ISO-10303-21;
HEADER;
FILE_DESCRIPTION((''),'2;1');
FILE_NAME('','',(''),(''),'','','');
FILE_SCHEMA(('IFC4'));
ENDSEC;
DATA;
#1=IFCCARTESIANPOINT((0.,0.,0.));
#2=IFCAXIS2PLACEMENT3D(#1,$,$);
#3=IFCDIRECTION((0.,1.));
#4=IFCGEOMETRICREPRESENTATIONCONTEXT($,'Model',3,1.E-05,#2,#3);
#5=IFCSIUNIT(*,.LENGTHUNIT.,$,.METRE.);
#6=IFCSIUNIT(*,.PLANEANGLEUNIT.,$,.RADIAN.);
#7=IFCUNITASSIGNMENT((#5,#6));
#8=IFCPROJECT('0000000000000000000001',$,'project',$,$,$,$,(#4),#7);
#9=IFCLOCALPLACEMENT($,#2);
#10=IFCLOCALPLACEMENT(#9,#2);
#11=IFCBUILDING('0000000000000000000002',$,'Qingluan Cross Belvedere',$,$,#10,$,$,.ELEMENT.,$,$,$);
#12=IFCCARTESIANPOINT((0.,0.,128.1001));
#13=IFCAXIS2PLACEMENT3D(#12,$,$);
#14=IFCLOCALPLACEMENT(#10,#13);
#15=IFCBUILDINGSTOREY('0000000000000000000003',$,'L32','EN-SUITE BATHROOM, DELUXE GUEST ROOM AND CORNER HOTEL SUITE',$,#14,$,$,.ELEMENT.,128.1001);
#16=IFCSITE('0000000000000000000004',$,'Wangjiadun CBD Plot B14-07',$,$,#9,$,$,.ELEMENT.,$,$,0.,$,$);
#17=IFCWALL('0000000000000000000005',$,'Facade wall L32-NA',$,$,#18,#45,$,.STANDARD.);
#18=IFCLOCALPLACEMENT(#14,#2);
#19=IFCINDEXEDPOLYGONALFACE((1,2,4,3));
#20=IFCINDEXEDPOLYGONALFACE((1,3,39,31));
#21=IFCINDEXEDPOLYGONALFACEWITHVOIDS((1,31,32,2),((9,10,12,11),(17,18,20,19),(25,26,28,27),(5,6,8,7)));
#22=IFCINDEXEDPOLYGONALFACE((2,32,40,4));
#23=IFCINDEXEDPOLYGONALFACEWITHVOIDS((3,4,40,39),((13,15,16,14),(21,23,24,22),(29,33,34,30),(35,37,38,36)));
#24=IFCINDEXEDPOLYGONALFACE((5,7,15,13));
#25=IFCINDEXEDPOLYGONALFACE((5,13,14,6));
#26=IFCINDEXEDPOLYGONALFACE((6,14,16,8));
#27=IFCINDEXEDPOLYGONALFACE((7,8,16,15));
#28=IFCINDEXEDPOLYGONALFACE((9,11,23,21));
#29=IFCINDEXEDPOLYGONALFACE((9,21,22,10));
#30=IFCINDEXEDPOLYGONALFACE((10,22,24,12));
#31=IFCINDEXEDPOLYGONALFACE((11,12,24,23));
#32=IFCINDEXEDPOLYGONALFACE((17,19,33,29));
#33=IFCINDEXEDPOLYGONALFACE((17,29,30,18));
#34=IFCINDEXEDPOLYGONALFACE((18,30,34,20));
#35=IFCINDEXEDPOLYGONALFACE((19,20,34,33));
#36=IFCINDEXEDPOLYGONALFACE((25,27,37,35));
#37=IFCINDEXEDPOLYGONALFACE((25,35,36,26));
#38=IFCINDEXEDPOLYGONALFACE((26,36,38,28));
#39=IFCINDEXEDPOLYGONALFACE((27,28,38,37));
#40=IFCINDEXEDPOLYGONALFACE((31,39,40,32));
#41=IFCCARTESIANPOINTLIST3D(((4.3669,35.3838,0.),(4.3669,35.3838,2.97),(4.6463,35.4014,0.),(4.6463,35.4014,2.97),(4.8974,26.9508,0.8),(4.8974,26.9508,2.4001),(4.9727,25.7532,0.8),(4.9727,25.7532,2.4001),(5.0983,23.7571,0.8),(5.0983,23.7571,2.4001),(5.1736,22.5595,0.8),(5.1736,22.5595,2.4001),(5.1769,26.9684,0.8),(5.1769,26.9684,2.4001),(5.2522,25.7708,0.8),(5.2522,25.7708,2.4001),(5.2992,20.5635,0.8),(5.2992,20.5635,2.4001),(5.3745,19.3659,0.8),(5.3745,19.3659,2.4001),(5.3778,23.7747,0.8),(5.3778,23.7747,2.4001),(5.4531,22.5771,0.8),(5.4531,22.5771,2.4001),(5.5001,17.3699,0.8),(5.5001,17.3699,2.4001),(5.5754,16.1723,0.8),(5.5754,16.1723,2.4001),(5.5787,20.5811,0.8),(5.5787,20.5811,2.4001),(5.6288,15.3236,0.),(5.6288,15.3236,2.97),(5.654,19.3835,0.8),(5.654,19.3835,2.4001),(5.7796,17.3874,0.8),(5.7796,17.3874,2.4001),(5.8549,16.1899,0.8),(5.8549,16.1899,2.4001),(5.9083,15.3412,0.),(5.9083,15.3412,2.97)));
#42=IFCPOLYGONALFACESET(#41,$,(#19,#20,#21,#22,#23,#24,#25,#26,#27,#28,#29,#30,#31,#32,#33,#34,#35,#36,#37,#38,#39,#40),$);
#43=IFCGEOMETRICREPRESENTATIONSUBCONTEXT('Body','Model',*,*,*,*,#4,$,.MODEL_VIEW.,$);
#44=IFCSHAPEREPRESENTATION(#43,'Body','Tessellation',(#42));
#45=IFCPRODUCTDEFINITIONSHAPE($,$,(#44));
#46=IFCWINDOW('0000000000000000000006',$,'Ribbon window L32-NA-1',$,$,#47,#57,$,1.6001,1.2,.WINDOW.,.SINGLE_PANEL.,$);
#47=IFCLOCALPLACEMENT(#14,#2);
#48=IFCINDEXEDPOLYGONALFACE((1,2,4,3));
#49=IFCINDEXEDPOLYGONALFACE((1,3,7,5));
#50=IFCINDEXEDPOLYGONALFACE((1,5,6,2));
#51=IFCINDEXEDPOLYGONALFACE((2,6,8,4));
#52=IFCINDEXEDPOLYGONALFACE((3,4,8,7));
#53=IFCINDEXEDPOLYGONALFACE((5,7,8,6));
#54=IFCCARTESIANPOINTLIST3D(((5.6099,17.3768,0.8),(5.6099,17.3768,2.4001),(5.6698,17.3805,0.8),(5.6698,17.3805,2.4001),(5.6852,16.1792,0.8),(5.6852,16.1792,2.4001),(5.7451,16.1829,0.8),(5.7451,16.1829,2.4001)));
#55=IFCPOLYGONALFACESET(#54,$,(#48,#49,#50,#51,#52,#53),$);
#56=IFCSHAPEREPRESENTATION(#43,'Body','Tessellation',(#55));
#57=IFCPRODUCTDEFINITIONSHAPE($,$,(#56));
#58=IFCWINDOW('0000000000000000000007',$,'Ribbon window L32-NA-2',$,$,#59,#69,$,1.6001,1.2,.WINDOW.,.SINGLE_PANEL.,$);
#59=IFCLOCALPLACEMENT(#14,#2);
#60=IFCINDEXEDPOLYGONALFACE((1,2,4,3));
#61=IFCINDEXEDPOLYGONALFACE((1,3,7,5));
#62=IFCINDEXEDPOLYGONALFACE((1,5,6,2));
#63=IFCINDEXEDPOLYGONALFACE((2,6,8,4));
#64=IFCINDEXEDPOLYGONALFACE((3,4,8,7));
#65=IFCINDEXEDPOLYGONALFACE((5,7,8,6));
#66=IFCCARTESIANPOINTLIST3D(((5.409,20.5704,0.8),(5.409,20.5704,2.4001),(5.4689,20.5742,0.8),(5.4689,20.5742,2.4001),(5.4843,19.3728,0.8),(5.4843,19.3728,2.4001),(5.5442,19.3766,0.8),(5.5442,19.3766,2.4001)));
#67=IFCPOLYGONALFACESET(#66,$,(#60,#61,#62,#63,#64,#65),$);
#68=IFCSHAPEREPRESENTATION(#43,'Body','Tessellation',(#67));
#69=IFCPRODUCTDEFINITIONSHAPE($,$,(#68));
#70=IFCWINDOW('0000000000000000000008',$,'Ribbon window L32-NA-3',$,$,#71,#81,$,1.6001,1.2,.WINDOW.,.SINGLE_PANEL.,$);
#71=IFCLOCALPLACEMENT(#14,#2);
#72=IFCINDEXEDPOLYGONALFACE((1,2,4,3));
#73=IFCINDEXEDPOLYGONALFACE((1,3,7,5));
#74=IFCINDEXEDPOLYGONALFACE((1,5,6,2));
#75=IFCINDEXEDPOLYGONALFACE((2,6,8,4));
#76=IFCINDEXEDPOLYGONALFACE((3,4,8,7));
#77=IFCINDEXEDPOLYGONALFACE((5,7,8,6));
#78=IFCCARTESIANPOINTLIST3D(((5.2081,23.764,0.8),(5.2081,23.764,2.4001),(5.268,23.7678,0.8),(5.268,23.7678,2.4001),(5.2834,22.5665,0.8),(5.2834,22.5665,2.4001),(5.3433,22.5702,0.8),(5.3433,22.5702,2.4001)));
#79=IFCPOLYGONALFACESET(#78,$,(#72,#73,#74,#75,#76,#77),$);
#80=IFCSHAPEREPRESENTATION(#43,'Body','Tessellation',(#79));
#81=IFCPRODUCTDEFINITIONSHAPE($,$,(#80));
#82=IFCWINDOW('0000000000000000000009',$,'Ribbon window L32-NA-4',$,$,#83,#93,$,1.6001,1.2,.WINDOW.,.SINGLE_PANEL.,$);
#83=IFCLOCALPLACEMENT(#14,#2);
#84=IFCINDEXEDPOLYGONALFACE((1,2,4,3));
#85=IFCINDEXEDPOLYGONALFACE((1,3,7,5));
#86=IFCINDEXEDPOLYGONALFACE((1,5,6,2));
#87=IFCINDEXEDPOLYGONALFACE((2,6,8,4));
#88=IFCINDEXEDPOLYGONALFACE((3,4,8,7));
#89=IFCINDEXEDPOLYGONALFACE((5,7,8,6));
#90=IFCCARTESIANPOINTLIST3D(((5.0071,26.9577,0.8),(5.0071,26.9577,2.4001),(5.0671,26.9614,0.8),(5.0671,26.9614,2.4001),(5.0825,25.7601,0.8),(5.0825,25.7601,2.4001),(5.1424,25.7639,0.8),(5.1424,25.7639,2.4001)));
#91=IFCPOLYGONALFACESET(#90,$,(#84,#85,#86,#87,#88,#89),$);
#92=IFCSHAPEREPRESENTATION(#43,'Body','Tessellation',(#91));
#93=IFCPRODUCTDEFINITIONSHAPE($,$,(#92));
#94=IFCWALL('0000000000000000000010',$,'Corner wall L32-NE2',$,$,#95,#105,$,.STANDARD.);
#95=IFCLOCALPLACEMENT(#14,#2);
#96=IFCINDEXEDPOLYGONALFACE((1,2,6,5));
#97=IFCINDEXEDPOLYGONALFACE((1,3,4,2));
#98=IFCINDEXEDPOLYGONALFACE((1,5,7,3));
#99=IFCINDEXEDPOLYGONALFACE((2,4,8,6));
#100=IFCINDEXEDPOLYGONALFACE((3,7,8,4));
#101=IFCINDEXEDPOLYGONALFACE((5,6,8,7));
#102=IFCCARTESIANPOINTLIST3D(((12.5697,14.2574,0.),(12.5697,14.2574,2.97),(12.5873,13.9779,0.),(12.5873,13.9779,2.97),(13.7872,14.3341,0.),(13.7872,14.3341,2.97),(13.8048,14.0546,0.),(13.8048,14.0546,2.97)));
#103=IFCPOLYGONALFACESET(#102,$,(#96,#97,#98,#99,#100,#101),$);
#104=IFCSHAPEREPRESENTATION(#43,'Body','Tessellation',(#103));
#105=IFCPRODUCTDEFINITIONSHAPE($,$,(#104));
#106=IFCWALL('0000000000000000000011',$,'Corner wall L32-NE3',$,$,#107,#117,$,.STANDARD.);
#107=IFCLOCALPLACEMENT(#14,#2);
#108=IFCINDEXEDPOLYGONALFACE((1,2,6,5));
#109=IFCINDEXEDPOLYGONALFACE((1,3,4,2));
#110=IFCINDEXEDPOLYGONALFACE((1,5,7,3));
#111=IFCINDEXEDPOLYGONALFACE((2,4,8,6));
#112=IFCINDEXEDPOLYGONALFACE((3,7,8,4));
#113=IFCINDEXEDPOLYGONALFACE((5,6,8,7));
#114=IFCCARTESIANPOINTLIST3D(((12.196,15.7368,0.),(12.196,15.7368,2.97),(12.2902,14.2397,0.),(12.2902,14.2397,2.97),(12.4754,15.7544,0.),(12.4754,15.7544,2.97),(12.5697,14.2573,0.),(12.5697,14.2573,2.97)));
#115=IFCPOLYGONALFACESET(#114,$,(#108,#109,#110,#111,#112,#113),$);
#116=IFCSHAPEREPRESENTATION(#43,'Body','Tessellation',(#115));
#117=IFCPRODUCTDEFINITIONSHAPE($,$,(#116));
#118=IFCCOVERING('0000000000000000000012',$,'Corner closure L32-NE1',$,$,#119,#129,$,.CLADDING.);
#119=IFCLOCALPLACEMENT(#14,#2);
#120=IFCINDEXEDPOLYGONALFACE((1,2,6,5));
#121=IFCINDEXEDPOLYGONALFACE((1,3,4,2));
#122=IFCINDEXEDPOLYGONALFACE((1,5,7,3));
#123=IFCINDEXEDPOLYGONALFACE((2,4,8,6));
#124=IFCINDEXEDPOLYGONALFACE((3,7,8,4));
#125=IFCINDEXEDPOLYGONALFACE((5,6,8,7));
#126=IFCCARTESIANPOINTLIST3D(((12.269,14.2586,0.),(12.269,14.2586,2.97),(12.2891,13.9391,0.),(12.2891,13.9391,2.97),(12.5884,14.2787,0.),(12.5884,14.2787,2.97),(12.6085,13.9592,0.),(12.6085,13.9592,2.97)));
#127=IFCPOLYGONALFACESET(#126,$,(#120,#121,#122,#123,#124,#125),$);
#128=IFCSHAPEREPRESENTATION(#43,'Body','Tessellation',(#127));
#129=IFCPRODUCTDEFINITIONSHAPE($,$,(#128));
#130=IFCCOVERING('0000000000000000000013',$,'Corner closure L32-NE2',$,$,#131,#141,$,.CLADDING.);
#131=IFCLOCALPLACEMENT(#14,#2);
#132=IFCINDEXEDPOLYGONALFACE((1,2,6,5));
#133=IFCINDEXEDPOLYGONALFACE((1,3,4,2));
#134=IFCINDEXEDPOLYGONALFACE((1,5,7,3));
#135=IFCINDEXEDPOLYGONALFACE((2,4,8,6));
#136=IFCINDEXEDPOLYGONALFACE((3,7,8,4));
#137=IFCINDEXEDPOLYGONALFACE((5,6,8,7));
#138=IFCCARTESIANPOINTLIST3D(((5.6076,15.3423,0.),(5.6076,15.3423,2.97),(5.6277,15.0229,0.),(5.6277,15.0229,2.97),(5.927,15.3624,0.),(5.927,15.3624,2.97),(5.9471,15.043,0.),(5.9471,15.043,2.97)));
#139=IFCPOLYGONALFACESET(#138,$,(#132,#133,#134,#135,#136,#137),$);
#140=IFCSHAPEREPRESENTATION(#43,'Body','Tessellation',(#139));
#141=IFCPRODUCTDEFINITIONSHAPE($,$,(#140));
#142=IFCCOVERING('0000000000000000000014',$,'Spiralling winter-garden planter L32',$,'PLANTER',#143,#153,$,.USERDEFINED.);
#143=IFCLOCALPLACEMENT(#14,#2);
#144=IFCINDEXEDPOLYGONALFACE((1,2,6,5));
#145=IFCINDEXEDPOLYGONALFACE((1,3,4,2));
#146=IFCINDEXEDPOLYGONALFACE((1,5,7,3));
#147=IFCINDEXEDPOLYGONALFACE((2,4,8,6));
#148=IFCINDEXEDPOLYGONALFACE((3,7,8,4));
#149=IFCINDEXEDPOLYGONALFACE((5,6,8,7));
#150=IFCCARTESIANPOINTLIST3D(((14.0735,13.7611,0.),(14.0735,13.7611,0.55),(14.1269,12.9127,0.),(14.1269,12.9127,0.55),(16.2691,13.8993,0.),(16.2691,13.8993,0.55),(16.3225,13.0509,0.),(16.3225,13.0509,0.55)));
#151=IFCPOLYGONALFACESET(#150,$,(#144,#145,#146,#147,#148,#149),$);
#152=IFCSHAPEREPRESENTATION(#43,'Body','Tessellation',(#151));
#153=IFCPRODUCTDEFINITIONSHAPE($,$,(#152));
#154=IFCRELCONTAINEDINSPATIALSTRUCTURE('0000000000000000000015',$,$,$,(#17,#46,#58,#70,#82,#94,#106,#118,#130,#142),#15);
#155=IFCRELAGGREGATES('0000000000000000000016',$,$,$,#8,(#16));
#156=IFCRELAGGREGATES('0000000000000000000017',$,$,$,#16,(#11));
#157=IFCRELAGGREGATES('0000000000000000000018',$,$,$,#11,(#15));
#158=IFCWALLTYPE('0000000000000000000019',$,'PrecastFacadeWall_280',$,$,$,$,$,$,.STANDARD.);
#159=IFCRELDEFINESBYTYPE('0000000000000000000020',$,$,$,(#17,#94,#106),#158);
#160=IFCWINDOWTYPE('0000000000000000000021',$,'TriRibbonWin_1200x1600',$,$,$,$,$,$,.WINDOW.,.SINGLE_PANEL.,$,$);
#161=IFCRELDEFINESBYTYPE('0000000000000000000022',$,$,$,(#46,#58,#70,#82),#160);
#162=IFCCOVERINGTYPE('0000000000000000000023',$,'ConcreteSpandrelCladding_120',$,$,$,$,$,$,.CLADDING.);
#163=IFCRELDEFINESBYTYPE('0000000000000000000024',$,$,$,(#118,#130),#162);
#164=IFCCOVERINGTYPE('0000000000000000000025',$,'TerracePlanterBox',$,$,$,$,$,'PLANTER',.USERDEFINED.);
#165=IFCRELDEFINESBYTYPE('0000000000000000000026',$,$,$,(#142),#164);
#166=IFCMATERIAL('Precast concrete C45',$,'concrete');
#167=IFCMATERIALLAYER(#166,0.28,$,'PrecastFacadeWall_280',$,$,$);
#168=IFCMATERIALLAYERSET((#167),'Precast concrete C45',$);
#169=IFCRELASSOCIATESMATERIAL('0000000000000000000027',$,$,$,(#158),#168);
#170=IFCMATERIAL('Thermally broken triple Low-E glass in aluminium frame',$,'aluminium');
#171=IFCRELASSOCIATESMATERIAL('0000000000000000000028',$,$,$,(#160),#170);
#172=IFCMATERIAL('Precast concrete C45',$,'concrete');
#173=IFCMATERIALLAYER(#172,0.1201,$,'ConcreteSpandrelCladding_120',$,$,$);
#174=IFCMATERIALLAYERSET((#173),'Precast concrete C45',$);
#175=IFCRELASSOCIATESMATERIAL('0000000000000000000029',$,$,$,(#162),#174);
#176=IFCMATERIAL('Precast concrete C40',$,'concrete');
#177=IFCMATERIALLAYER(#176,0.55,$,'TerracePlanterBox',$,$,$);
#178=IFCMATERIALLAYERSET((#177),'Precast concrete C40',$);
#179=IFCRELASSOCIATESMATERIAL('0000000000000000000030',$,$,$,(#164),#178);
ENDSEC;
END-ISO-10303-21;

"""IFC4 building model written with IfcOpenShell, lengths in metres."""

from ifc_helpers import new_model, si_unit, direction, frame, frame_2d, origin, origin_2d, place, context, subcontext, project, spatial, rectangle, extrude, material, layer, layer_set, type_object, element, fill, save


model = new_model("IFC4")

# Units and contexts
model_context = context("Model", 3, precision=1e-05, world=origin(), true_north=direction((0.0, 1.0)))
body_context = subcontext(model_context, "Body", "Model", "MODEL_VIEW")
ifc_project = project(units=[si_unit("LENGTHUNIT", "METRE"), si_unit("PLANEANGLEUNIT", "RADIAN")], contexts=[model_context])

# Site, building, storey
site_placement = place(None, origin())
site = spatial("IfcSite", under=ifc_project, at=site_placement, Name="Wangjiadun CBD Plot B14-07", CompositionType="ELEMENT", RefElevation=0.0)
building_placement = place(site_placement, origin())
building = spatial("IfcBuilding", under=site, at=building_placement, Name="Qingluan Cross Belvedere", CompositionType="ELEMENT")
storey_placement = place(building_placement, frame((0.0, 0.0, 128.1001)))
storey = spatial("IfcBuildingStorey", under=building, at=storey_placement, Name="L32", Description="EN-SUITE BATHROOM, DELUXE GUEST ROOM AND CORNER HOTEL SUITE", CompositionType="ELEMENT", Elevation=128.1001)

# Wall, openings, windows
ifc_material_1 = material(Name="Precast concrete C45", Category="concrete")
ifc_layer_1 = layer(ifc_material_1, 0.28, Name="PrecastFacadeWall_280")
ifc_layer_set_1 = layer_set([ifc_layer_1], Name="Precast concrete C45")
wall_type_1 = type_object("IfcWallType", Name="PrecastFacadeWall_280", PredefinedType="STANDARD", material=ifc_layer_set_1)
wall_1_placement = place(storey_placement, frame((5.7686, 15.3325, 0.0), z_axis=(0.0, 0.0, 1.0), x_axis=(-0.062784, 0.998027, 0.0)))
wall_1 = element("IfcWall", 1, at=wall_1_placement, inside=storey, type_object=wall_type_1, Name="Facade wall L32-NA", PredefinedType="STANDARD", context=body_context, shape_type="SweptSolid", body=[
    extrude(rectangle(XDim=20.0999, YDim=0.28, at=frame_2d((10.0498, 0.0))), origin(), (0.0, 0.0, 1.0), 2.97),
])
opening_1_placement = place(wall_1_placement, frame((0.8501, 0.0, 0.8)))
opening_1 = element("IfcOpeningElement", 2, at=opening_1_placement, cuts=wall_1, PredefinedType="OPENING", context=body_context, shape_type="SweptSolid", body=[
    extrude(rectangle(XDim=1.2, YDim=1.6001, at=frame_2d((0.6001, 0.8))), frame((0.0, 0.1499, 0.0), z_axis=(0.0, -1.0, 0.0), x_axis=(1.0, 0.0, 0.0)), (0.0, 0.0, 1.0), 0.3),
])
opening_2_placement = place(wall_1_placement, frame((4.05, 0.0, 0.8)))
opening_2 = element("IfcOpeningElement", 3, at=opening_2_placement, cuts=wall_1, PredefinedType="OPENING", context=body_context, shape_type="SweptSolid", body=[
    extrude(rectangle(XDim=1.2, YDim=1.6001, at=frame_2d((0.6001, 0.8))), frame((0.0, 0.1499, 0.0), z_axis=(0.0, -1.0, 0.0), x_axis=(1.0, 0.0, 0.0)), (0.0, 0.0, 1.0), 0.3),
])
opening_3_placement = place(wall_1_placement, frame((7.25, 0.0, 0.8)))
opening_3 = element("IfcOpeningElement", 4, at=opening_3_placement, cuts=wall_1, PredefinedType="OPENING", context=body_context, shape_type="SweptSolid", body=[
    extrude(rectangle(XDim=1.2, YDim=1.6001, at=frame_2d((0.6001, 0.8))), frame((0.0, 0.1499, 0.0), z_axis=(0.0, -1.0, 0.0), x_axis=(1.0, 0.0, 0.0)), (0.0, 0.0, 1.0), 0.3),
])
opening_4_placement = place(wall_1_placement, frame((10.45, 0.0, 0.8)))
opening_4 = element("IfcOpeningElement", 5, at=opening_4_placement, cuts=wall_1, PredefinedType="OPENING", context=body_context, shape_type="SweptSolid", body=[
    extrude(rectangle(XDim=1.2, YDim=1.6001, at=frame_2d((0.6001, 0.8))), frame((0.0, 0.1499, 0.0), z_axis=(0.0, -1.0, 0.0), x_axis=(1.0, 0.0, 0.0)), (0.0, 0.0, 1.0), 0.3),
])
ifc_material_2 = material(Name="Thermally broken triple Low-E glass in aluminium frame", Category="aluminium")
window_type = type_object("IfcWindowType", Name="TriRibbonWin_1200x1600", PartitioningType="SINGLE_PANEL", PredefinedType="WINDOW", material=ifc_material_2)
window_1_placement = place(opening_1_placement, origin())
window_1 = element("IfcWindow", 6, at=window_1_placement, inside=storey, type_object=window_type, Name="Ribbon window L32-NA-1", OverallHeight=1.6001, OverallWidth=1.2, PartitioningType="SINGLE_PANEL", PredefinedType="WINDOW", context=body_context, shape_type="SweptSolid", body=[
    extrude(rectangle(XDim=1.2, YDim=1.6001, at=frame_2d((0.6001, 0.8))), frame((0.0, 0.03, 0.0), z_axis=(0.0, -1.0, 0.0), x_axis=(1.0, 0.0, 0.0)), (0.0, 0.0, 1.0), 0.0601),
])
fill(opening_1, window_1)
window_2_placement = place(opening_2_placement, origin())
window_2 = element("IfcWindow", 7, at=window_2_placement, inside=storey, type_object=window_type, Name="Ribbon window L32-NA-2", OverallHeight=1.6001, OverallWidth=1.2, PartitioningType="SINGLE_PANEL", PredefinedType="WINDOW", context=body_context, shape_type="SweptSolid", body=[
    extrude(rectangle(XDim=1.2, YDim=1.6001, at=frame_2d((0.6001, 0.8))), frame((0.0, 0.03, 0.0), z_axis=(0.0, -1.0, 0.0), x_axis=(1.0, 0.0, 0.0)), (0.0, 0.0, 1.0), 0.0601),
])
fill(opening_2, window_2)
window_3_placement = place(opening_3_placement, origin())
window_3 = element("IfcWindow", 8, at=window_3_placement, inside=storey, type_object=window_type, Name="Ribbon window L32-NA-3", OverallHeight=1.6001, OverallWidth=1.2, PartitioningType="SINGLE_PANEL", PredefinedType="WINDOW", context=body_context, shape_type="SweptSolid", body=[
    extrude(rectangle(XDim=1.2, YDim=1.6001, at=frame_2d((0.6001, 0.8))), frame((0.0, 0.03, 0.0), z_axis=(0.0, -1.0, 0.0), x_axis=(1.0, 0.0, 0.0)), (0.0, 0.0, 1.0), 0.0601),
])
fill(opening_3, window_3)
window_4_placement = place(opening_4_placement, origin())
window_4 = element("IfcWindow", 9, at=window_4_placement, inside=storey, type_object=window_type, Name="Ribbon window L32-NA-4", OverallHeight=1.6001, OverallWidth=1.2, PartitioningType="SINGLE_PANEL", PredefinedType="WINDOW", context=body_context, shape_type="SweptSolid", body=[
    extrude(rectangle(XDim=1.2, YDim=1.6001, at=frame_2d((0.6001, 0.8))), frame((0.0, 0.03, 0.0), z_axis=(0.0, -1.0, 0.0), x_axis=(1.0, 0.0, 0.0)), (0.0, 0.0, 1.0), 0.0601),
])
fill(opening_4, window_4)

# Walls
wall_2_placement = place(storey_placement, frame((13.7959, 14.1943, 0.0), z_axis=(0.0, 0.0, 1.0), x_axis=(-0.998024, -0.062839, 0.0)))
element("IfcWall", 10, at=wall_2_placement, inside=storey, type_object=wall_type_1, Name="Corner wall L32-NE2", PredefinedType="STANDARD", context=body_context, shape_type="SweptSolid", body=[
    extrude(rectangle(XDim=1.22, YDim=0.28, at=frame_2d((0.6099, 0.0))), origin(), (0.0, 0.0, 1.0), 2.97),
])
wall_3_placement = place(storey_placement, frame((12.4299, 14.2485, 0.0), z_axis=(0.0, 0.0, 1.0), x_axis=(-0.062824, 0.998025, 0.0)))
element("IfcWall", 11, at=wall_3_placement, inside=storey, type_object=wall_type_1, Name="Corner wall L32-NE3", PredefinedType="STANDARD", context=body_context, shape_type="SweptSolid", body=[
    extrude(rectangle(XDim=1.5, YDim=0.28, at=frame_2d((0.75, 0.0))), origin(), (0.0, 0.0, 1.0), 2.97),
])

# Coverings
ifc_material_3 = material(Name="Precast concrete C45", Category="concrete")
ifc_layer_2 = layer(ifc_material_3, 0.1201, Name="ConcreteSpandrelCladding_120")
ifc_layer_set_2 = layer_set([ifc_layer_2], Name="Precast concrete C45")
covering_type_1 = type_object("IfcCoveringType", Name="ConcreteSpandrelCladding_120", PredefinedType="CLADDING", material=ifc_layer_set_2)
for number, where, z_axis, x_axis, name in (
    (12, (12.4387, 14.1089, 0.0), (0.0, 0.0, 1.0), (0.998027, 0.062791, 0.0), "Corner closure L32-NE1"),
    (13, (5.7773, 15.1926, 0.0), (0.0, 0.0, 1.0), (0.998027, 0.062791, 0.0), "Corner closure L32-NE2"),
):
    element("IfcCovering", number, at=place(storey_placement, frame(where, z_axis=z_axis, x_axis=x_axis)), inside=storey, type_object=covering_type_1, Name=name, PredefinedType="CLADDING", context=body_context, shape_type="SweptSolid", body=[
        extrude(rectangle(XDim=0.3201, YDim=0.3201, at=origin_2d()), origin(), (0.0, 0.0, 1.0), 2.97),
    ])
ifc_material_4 = material(Name="Precast concrete C40", Category="concrete")
ifc_layer_3 = layer(ifc_material_4, 0.55, Name="TerracePlanterBox")
ifc_layer_set_3 = layer_set([ifc_layer_3], Name="Precast concrete C40")
covering_type_2 = type_object("IfcCoveringType", Name="TerracePlanterBox", ElementType="PLANTER", PredefinedType="USERDEFINED", material=ifc_layer_set_3)
covering_placement = place(storey_placement, frame((15.198, 13.406, 0.0), z_axis=(0.0, 0.0, 1.0), x_axis=(0.998027, 0.062791, 0.0)))
element("IfcCovering", 14, at=covering_placement, inside=storey, type_object=covering_type_2, Name="Spiralling winter-garden planter L32", ObjectType="PLANTER", PredefinedType="USERDEFINED", context=body_context, shape_type="SweptSolid", body=[
    extrude(rectangle(XDim=2.2, YDim=0.8501, at=origin_2d()), origin(), (0.0, 0.0, 1.0), 0.55),
])

save(model, "model.ifc")
